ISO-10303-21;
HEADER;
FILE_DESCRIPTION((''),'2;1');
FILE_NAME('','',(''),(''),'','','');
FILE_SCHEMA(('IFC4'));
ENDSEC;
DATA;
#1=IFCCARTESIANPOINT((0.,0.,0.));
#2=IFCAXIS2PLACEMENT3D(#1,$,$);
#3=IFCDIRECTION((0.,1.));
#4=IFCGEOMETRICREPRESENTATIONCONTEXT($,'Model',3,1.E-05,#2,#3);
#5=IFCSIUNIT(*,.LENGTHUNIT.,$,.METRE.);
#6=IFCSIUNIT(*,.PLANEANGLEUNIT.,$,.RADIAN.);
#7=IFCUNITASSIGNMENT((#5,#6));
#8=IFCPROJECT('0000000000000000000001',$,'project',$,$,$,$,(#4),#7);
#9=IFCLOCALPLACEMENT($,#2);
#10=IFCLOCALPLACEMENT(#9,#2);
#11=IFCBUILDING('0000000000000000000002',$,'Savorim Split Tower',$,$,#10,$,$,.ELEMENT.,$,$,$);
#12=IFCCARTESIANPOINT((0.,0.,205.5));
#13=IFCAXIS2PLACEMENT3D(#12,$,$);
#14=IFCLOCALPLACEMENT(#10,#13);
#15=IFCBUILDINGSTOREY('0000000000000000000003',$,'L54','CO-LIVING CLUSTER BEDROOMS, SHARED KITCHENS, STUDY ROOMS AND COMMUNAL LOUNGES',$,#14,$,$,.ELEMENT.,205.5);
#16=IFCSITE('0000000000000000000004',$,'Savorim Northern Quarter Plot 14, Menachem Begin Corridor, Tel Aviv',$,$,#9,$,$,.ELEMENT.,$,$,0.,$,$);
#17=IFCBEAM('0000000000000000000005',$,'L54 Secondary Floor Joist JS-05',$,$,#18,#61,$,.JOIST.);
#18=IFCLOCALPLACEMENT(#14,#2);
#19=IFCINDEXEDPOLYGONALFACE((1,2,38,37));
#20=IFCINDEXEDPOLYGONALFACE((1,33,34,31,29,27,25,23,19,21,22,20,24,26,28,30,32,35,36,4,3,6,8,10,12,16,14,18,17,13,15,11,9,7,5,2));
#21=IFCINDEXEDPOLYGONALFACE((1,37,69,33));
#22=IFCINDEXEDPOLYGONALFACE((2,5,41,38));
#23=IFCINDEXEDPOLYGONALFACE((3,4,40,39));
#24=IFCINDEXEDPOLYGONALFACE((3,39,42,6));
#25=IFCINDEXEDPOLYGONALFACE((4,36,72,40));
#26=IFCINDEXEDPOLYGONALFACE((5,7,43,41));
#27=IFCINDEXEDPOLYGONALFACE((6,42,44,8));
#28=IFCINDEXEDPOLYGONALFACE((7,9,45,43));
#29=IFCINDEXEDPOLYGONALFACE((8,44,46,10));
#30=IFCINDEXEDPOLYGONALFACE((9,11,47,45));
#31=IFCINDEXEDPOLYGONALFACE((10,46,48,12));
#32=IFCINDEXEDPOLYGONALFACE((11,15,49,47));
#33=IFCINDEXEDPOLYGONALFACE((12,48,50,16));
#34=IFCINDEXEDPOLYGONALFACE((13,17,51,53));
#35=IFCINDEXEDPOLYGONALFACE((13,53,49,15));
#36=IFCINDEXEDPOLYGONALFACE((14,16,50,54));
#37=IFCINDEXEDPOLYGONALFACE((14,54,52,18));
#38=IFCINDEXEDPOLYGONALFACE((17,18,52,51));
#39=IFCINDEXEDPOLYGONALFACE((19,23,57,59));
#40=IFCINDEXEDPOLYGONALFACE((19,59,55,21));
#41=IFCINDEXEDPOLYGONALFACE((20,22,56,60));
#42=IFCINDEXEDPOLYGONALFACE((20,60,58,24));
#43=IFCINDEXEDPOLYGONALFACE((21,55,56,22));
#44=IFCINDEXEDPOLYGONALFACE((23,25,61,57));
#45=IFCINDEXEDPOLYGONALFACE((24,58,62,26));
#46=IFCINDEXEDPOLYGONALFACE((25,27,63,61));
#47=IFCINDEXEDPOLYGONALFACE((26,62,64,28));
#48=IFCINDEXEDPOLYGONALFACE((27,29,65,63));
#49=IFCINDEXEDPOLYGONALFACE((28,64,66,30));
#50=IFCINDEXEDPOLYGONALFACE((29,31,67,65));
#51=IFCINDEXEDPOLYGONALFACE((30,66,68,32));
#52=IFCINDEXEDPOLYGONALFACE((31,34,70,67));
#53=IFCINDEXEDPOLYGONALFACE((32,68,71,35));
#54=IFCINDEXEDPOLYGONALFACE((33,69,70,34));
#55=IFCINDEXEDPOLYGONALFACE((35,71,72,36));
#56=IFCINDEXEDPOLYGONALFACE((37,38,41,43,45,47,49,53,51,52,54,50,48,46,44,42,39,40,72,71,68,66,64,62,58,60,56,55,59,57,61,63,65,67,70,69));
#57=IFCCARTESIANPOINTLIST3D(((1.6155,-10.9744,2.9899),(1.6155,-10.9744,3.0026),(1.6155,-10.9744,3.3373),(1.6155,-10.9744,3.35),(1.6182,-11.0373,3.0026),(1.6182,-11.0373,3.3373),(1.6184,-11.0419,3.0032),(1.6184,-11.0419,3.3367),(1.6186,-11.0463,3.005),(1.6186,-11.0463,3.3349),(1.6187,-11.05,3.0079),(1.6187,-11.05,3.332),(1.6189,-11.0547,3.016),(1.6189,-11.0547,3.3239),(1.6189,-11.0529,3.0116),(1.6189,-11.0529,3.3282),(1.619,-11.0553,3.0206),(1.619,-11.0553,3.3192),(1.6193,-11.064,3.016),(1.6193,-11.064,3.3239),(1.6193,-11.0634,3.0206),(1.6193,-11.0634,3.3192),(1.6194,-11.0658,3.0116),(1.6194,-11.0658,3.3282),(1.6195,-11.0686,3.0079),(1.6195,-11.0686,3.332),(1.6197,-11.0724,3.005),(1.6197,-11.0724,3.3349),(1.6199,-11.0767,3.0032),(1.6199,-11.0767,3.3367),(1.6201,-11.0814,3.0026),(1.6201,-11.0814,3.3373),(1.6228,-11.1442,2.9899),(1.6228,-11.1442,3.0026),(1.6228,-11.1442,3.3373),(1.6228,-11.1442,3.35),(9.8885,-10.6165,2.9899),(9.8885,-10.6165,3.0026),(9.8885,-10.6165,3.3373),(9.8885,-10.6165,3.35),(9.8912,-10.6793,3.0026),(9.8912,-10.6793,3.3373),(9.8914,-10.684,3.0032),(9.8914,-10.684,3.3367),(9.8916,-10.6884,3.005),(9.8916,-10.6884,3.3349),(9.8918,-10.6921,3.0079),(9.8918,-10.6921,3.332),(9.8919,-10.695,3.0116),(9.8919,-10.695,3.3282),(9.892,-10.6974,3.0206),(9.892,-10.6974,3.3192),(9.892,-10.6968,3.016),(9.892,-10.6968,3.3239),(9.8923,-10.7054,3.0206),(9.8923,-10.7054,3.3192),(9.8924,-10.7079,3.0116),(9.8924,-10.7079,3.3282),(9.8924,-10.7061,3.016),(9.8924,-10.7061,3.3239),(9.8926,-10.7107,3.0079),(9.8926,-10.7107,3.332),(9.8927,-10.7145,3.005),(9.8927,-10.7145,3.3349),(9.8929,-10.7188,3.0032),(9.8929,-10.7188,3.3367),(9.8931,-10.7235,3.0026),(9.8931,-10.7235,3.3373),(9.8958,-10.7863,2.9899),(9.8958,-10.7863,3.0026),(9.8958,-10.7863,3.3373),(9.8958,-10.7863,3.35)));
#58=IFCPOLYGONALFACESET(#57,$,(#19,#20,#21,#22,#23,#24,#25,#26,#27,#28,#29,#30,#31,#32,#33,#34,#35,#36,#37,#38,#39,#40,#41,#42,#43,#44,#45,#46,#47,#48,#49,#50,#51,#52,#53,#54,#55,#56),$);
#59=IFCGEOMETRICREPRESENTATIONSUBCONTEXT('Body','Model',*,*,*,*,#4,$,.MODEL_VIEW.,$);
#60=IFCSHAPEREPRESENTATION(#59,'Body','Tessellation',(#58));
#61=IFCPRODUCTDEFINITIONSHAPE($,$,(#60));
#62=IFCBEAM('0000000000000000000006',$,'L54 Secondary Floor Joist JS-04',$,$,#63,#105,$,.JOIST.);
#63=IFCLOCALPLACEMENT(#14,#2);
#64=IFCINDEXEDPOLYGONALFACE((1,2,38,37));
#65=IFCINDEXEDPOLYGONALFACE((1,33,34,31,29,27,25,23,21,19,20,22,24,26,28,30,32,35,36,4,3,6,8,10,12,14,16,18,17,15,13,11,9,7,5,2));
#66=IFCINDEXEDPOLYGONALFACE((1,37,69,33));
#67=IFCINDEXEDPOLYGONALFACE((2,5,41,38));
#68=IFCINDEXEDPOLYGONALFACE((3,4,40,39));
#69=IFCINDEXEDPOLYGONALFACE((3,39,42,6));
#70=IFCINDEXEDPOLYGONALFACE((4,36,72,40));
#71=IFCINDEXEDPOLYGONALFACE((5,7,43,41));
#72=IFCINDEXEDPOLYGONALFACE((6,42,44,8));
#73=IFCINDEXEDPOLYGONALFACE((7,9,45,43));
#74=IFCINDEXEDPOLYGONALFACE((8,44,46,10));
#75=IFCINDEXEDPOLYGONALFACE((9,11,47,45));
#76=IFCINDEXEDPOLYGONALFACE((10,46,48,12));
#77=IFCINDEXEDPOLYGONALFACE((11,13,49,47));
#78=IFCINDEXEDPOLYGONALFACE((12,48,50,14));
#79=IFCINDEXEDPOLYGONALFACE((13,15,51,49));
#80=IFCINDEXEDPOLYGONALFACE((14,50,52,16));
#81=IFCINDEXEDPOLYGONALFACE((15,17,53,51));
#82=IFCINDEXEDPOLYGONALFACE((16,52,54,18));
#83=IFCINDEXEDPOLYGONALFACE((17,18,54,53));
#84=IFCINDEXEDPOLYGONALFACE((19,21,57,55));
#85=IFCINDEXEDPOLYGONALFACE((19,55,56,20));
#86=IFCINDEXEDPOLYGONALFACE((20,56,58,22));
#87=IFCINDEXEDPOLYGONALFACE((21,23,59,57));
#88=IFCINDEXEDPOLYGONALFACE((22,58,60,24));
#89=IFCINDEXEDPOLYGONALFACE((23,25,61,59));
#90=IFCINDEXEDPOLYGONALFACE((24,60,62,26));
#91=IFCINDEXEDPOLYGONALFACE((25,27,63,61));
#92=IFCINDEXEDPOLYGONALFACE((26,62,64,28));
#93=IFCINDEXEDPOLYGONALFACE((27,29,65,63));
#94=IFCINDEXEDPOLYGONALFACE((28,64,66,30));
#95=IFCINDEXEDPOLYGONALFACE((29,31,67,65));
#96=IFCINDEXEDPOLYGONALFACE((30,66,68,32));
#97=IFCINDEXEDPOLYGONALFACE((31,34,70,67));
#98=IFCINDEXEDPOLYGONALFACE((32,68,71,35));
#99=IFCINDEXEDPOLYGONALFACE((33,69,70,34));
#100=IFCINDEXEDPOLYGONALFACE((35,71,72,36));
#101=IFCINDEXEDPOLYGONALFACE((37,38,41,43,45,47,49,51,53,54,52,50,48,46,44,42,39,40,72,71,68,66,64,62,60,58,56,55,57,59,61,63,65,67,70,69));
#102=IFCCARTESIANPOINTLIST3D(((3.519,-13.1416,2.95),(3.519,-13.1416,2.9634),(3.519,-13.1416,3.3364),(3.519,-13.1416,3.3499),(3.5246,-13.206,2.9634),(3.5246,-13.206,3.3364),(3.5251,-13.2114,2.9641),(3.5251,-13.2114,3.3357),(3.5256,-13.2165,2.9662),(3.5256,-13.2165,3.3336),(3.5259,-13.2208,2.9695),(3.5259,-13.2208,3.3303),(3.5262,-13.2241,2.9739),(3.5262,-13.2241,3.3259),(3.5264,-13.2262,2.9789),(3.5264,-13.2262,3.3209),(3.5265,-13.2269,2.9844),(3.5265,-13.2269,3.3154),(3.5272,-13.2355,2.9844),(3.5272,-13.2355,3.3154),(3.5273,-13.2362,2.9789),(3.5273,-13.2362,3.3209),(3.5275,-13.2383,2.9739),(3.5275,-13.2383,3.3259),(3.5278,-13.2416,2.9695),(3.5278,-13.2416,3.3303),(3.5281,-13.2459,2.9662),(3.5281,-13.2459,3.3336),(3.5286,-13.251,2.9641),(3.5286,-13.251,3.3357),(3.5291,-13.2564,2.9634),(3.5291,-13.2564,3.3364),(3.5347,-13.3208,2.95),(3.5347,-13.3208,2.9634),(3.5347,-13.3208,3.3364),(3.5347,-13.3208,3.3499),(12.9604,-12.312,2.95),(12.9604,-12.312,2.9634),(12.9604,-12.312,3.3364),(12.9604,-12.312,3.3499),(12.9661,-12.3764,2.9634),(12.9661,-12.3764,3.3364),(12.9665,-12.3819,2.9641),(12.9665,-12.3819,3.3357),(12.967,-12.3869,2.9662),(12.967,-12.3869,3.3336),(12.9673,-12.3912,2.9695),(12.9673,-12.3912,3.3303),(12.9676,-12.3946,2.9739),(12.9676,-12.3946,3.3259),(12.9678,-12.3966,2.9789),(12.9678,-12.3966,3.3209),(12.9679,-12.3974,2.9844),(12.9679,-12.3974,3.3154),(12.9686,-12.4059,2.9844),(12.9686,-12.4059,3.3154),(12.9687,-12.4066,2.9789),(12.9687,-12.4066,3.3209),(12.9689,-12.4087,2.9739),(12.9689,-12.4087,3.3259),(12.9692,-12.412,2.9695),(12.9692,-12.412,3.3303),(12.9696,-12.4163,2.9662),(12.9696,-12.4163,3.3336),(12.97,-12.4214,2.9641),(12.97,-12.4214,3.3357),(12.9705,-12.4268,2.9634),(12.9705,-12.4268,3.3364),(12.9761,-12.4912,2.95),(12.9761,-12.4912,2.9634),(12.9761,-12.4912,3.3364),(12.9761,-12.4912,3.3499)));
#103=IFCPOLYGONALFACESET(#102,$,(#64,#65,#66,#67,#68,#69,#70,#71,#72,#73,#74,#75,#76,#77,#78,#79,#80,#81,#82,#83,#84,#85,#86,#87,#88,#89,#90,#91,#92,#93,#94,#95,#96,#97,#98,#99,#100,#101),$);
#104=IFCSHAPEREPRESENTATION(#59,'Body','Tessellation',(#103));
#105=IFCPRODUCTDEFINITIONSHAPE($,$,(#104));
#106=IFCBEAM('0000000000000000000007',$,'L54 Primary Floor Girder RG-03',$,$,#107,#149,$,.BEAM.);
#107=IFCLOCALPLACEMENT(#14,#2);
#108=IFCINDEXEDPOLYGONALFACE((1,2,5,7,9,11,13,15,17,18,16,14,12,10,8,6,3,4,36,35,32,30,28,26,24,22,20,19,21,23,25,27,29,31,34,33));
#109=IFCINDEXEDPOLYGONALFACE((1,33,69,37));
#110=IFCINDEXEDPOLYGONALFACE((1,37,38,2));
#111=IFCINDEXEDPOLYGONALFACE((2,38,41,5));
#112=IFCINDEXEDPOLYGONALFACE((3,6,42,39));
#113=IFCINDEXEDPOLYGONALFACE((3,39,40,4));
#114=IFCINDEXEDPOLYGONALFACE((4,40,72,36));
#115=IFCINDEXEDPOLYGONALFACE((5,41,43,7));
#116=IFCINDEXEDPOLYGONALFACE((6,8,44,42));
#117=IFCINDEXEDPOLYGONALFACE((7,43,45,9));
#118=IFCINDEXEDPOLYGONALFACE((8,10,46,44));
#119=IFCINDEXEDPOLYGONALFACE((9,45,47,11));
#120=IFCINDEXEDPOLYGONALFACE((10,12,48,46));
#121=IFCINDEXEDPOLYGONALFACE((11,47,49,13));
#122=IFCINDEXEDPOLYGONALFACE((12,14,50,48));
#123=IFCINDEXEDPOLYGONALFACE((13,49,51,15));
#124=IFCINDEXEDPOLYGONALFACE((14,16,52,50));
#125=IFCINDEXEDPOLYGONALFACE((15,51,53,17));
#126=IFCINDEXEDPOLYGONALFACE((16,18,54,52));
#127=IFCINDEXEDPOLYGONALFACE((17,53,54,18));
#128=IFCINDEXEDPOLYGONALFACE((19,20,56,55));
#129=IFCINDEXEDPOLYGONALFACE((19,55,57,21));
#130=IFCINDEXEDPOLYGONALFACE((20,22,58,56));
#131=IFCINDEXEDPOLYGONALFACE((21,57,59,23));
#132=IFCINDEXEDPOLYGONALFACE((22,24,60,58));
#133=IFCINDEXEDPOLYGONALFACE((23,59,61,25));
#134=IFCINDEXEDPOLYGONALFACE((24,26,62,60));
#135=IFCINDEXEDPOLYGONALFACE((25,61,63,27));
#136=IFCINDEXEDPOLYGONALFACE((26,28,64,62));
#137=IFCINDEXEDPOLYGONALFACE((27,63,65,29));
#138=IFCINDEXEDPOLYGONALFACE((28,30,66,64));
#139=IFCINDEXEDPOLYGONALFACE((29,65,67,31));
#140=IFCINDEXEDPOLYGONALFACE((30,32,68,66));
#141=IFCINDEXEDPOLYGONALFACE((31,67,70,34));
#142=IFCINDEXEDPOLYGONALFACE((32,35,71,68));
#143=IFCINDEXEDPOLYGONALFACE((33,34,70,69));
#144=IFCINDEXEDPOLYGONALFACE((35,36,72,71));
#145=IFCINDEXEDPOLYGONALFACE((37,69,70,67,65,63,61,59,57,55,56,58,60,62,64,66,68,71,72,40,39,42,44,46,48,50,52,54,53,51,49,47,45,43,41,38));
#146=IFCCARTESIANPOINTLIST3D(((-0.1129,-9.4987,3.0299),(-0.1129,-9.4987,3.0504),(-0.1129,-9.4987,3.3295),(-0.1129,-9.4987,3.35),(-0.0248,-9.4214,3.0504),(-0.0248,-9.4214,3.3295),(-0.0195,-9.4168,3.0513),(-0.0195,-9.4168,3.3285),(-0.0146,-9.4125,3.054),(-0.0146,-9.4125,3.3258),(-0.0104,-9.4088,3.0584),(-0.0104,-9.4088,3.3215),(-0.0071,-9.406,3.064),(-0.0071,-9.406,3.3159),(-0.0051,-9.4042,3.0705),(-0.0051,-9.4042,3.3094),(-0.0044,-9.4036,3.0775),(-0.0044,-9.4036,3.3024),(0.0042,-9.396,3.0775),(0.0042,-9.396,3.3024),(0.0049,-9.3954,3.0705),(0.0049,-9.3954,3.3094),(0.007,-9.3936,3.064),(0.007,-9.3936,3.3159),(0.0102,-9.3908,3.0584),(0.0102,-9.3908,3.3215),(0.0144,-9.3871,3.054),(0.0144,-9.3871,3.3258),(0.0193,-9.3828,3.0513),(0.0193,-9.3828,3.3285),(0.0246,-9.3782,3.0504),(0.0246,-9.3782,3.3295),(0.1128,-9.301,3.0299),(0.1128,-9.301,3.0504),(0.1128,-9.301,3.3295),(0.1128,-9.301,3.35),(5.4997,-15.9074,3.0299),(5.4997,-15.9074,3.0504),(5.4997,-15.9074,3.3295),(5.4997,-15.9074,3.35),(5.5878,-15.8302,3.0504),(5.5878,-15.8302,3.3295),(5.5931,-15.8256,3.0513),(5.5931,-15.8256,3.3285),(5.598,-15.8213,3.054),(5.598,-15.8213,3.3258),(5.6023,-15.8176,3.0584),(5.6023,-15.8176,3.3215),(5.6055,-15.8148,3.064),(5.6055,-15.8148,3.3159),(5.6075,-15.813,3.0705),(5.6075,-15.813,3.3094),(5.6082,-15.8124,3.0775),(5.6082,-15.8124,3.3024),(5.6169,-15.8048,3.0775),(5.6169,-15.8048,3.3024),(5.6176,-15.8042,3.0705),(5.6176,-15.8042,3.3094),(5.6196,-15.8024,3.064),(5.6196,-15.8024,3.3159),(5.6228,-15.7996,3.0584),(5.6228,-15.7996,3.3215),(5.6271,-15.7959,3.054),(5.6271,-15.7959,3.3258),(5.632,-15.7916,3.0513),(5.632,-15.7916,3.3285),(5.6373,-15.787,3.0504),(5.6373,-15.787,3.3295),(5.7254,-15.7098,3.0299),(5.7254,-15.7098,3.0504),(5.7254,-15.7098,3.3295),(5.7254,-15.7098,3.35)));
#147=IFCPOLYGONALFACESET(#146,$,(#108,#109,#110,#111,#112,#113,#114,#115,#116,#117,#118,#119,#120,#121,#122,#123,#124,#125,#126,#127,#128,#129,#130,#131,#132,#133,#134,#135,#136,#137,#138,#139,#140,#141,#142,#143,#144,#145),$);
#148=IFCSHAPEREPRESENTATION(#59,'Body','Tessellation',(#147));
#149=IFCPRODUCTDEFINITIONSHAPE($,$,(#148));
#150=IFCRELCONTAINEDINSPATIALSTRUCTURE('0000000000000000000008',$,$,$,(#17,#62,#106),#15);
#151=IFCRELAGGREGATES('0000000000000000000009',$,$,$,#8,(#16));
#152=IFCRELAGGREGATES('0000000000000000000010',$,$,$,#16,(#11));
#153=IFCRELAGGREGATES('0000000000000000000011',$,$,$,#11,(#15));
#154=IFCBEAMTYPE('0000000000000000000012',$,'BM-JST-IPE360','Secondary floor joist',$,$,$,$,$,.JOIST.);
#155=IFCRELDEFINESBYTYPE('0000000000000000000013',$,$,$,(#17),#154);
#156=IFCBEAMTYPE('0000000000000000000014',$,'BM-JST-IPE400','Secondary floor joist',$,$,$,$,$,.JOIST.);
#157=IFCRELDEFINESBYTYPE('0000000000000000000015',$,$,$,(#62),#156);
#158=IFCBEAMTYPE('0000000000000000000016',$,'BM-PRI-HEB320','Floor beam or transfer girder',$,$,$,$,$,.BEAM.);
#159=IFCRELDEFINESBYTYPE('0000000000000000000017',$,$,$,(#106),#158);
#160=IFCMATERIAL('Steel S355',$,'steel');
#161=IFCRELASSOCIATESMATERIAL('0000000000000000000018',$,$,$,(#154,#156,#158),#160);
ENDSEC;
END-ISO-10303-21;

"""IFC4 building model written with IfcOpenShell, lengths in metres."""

from ifc_helpers import new_model, si_unit, direction, frame, origin, origin_2d, place, context, subcontext, project, spatial, i_section, extrude, material, material_profile, profile_set, type_object, element, save


model = new_model("IFC4")

# Units and contexts
model_context = context("Model", 3, precision=1e-05, world=origin(), true_north=direction((0.0, 1.0)))
body_context = subcontext(model_context, "Body", "Model", "MODEL_VIEW")
ifc_project = project(units=[si_unit("LENGTHUNIT", "METRE"), si_unit("PLANEANGLEUNIT", "RADIAN")], contexts=[model_context])

# Site, building, storey
site_placement = place(None, origin())
site = spatial("IfcSite", under=ifc_project, at=site_placement, Name="Savorim Northern Quarter Plot 14, Menachem Begin Corridor, Tel Aviv", CompositionType="ELEMENT", RefElevation=0.0)
building_placement = place(site_placement, origin())
building = spatial("IfcBuilding", under=site, at=building_placement, Name="Savorim Split Tower", CompositionType="ELEMENT")
storey_placement = place(building_placement, frame((0.0, 0.0, 205.5)))
storey = spatial("IfcBuildingStorey", under=building, at=storey_placement, Name="L54", Description="CO-LIVING CLUSTER BEDROOMS, SHARED KITCHENS, STUDY ROOMS AND COMMUNAL LOUNGES", CompositionType="ELEMENT", Elevation=205.5)

# Beams
ifc_material_1 = material(Name="Steel S355", Category="steel")
ifc_material_profile_1 = material_profile(ifc_material_1, i_section(OverallWidth=0.1699, OverallDepth=0.3601, WebThickness=0.0081, FlangeThickness=0.0127, FilletRadius=0.0181, at=origin_2d()), Name="IPE 360")
ifc_profile_set_1 = profile_set([ifc_material_profile_1], Name="Steel S355")
beam_type_1 = type_object("IfcBeamType", Name="BM-JST-IPE360", Description="Secondary floor joist", PredefinedType="JOIST", material=ifc_profile_set_1)
beam_1_placement = place(storey_placement, frame((1.6191, -11.0593, 3.1699), z_axis=(0.999065, 0.043222, 0.0), x_axis=(-0.043222, 0.999065, 0.0)))
element("IfcBeam", 1, at=beam_1_placement, inside=storey, type_object=beam_type_1, Name="L54 Secondary Floor Joist JS-05", PredefinedType="JOIST", context=body_context, shape_type="SweptSolid", body=[
    extrude(i_section(OverallWidth=0.1699, OverallDepth=0.3601, WebThickness=0.0081, FlangeThickness=0.0127, FilletRadius=0.0181, at=origin_2d()), origin(), (0.0, 0.0, 1.0), 8.2808),
])
ifc_material_profile_2 = material_profile(ifc_material_1, i_section(OverallWidth=0.1799, OverallDepth=0.3999, WebThickness=0.0085, FlangeThickness=0.0134, FilletRadius=0.021, at=origin_2d()), Name="IPE 400")
ifc_profile_set_2 = profile_set([ifc_material_profile_2], Name="Steel S355")
beam_type_2 = type_object("IfcBeamType", Name="BM-JST-IPE400", Description="Secondary floor joist", PredefinedType="JOIST", material=ifc_profile_set_2)
beam_2_placement = place(storey_placement, frame((3.5269, -13.2312, 3.1499), z_axis=(0.996162, 0.08753, 0.0), x_axis=(-0.08753, 0.996162, 0.0)))
element("IfcBeam", 2, at=beam_2_placement, inside=storey, type_object=beam_type_2, Name="L54 Secondary Floor Joist JS-04", PredefinedType="JOIST", context=body_context, shape_type="SweptSolid", body=[
    extrude(i_section(OverallWidth=0.1799, OverallDepth=0.3999, WebThickness=0.0085, FlangeThickness=0.0134, FilletRadius=0.021, at=origin_2d()), origin(), (0.0, 0.0, 1.0), 9.4778),
])
ifc_material_profile_3 = material_profile(ifc_material_1, i_section(OverallWidth=0.3, OverallDepth=0.3201, WebThickness=0.0115, FlangeThickness=0.0205, FilletRadius=0.0271, at=origin_2d()), Name="HEB 320")
ifc_profile_set_3 = profile_set([ifc_material_profile_3], Name="Steel S355")
beam_type_3 = type_object("IfcBeamType", Name="BM-PRI-HEB320", Description="Floor beam or transfer girder", PredefinedType="BEAM", material=ifc_profile_set_3)
beam_3_placement = place(storey_placement, frame((5.6125, -15.8086, 3.1899), z_axis=(-0.658833, 0.752289, 0.0), x_axis=(-0.752289, -0.658833, 0.0)))
element("IfcBeam", 3, at=beam_3_placement, inside=storey, type_object=beam_type_3, Name="L54 Primary Floor Girder RG-03", PredefinedType="BEAM", context=body_context, shape_type="SweptSolid", body=[
    extrude(i_section(OverallWidth=0.3, OverallDepth=0.3201, WebThickness=0.0115, FlangeThickness=0.0205, FilletRadius=0.0271, at=origin_2d()), origin(), (0.0, 0.0, 1.0), 8.519),
])

save(model, "model.ifc")
